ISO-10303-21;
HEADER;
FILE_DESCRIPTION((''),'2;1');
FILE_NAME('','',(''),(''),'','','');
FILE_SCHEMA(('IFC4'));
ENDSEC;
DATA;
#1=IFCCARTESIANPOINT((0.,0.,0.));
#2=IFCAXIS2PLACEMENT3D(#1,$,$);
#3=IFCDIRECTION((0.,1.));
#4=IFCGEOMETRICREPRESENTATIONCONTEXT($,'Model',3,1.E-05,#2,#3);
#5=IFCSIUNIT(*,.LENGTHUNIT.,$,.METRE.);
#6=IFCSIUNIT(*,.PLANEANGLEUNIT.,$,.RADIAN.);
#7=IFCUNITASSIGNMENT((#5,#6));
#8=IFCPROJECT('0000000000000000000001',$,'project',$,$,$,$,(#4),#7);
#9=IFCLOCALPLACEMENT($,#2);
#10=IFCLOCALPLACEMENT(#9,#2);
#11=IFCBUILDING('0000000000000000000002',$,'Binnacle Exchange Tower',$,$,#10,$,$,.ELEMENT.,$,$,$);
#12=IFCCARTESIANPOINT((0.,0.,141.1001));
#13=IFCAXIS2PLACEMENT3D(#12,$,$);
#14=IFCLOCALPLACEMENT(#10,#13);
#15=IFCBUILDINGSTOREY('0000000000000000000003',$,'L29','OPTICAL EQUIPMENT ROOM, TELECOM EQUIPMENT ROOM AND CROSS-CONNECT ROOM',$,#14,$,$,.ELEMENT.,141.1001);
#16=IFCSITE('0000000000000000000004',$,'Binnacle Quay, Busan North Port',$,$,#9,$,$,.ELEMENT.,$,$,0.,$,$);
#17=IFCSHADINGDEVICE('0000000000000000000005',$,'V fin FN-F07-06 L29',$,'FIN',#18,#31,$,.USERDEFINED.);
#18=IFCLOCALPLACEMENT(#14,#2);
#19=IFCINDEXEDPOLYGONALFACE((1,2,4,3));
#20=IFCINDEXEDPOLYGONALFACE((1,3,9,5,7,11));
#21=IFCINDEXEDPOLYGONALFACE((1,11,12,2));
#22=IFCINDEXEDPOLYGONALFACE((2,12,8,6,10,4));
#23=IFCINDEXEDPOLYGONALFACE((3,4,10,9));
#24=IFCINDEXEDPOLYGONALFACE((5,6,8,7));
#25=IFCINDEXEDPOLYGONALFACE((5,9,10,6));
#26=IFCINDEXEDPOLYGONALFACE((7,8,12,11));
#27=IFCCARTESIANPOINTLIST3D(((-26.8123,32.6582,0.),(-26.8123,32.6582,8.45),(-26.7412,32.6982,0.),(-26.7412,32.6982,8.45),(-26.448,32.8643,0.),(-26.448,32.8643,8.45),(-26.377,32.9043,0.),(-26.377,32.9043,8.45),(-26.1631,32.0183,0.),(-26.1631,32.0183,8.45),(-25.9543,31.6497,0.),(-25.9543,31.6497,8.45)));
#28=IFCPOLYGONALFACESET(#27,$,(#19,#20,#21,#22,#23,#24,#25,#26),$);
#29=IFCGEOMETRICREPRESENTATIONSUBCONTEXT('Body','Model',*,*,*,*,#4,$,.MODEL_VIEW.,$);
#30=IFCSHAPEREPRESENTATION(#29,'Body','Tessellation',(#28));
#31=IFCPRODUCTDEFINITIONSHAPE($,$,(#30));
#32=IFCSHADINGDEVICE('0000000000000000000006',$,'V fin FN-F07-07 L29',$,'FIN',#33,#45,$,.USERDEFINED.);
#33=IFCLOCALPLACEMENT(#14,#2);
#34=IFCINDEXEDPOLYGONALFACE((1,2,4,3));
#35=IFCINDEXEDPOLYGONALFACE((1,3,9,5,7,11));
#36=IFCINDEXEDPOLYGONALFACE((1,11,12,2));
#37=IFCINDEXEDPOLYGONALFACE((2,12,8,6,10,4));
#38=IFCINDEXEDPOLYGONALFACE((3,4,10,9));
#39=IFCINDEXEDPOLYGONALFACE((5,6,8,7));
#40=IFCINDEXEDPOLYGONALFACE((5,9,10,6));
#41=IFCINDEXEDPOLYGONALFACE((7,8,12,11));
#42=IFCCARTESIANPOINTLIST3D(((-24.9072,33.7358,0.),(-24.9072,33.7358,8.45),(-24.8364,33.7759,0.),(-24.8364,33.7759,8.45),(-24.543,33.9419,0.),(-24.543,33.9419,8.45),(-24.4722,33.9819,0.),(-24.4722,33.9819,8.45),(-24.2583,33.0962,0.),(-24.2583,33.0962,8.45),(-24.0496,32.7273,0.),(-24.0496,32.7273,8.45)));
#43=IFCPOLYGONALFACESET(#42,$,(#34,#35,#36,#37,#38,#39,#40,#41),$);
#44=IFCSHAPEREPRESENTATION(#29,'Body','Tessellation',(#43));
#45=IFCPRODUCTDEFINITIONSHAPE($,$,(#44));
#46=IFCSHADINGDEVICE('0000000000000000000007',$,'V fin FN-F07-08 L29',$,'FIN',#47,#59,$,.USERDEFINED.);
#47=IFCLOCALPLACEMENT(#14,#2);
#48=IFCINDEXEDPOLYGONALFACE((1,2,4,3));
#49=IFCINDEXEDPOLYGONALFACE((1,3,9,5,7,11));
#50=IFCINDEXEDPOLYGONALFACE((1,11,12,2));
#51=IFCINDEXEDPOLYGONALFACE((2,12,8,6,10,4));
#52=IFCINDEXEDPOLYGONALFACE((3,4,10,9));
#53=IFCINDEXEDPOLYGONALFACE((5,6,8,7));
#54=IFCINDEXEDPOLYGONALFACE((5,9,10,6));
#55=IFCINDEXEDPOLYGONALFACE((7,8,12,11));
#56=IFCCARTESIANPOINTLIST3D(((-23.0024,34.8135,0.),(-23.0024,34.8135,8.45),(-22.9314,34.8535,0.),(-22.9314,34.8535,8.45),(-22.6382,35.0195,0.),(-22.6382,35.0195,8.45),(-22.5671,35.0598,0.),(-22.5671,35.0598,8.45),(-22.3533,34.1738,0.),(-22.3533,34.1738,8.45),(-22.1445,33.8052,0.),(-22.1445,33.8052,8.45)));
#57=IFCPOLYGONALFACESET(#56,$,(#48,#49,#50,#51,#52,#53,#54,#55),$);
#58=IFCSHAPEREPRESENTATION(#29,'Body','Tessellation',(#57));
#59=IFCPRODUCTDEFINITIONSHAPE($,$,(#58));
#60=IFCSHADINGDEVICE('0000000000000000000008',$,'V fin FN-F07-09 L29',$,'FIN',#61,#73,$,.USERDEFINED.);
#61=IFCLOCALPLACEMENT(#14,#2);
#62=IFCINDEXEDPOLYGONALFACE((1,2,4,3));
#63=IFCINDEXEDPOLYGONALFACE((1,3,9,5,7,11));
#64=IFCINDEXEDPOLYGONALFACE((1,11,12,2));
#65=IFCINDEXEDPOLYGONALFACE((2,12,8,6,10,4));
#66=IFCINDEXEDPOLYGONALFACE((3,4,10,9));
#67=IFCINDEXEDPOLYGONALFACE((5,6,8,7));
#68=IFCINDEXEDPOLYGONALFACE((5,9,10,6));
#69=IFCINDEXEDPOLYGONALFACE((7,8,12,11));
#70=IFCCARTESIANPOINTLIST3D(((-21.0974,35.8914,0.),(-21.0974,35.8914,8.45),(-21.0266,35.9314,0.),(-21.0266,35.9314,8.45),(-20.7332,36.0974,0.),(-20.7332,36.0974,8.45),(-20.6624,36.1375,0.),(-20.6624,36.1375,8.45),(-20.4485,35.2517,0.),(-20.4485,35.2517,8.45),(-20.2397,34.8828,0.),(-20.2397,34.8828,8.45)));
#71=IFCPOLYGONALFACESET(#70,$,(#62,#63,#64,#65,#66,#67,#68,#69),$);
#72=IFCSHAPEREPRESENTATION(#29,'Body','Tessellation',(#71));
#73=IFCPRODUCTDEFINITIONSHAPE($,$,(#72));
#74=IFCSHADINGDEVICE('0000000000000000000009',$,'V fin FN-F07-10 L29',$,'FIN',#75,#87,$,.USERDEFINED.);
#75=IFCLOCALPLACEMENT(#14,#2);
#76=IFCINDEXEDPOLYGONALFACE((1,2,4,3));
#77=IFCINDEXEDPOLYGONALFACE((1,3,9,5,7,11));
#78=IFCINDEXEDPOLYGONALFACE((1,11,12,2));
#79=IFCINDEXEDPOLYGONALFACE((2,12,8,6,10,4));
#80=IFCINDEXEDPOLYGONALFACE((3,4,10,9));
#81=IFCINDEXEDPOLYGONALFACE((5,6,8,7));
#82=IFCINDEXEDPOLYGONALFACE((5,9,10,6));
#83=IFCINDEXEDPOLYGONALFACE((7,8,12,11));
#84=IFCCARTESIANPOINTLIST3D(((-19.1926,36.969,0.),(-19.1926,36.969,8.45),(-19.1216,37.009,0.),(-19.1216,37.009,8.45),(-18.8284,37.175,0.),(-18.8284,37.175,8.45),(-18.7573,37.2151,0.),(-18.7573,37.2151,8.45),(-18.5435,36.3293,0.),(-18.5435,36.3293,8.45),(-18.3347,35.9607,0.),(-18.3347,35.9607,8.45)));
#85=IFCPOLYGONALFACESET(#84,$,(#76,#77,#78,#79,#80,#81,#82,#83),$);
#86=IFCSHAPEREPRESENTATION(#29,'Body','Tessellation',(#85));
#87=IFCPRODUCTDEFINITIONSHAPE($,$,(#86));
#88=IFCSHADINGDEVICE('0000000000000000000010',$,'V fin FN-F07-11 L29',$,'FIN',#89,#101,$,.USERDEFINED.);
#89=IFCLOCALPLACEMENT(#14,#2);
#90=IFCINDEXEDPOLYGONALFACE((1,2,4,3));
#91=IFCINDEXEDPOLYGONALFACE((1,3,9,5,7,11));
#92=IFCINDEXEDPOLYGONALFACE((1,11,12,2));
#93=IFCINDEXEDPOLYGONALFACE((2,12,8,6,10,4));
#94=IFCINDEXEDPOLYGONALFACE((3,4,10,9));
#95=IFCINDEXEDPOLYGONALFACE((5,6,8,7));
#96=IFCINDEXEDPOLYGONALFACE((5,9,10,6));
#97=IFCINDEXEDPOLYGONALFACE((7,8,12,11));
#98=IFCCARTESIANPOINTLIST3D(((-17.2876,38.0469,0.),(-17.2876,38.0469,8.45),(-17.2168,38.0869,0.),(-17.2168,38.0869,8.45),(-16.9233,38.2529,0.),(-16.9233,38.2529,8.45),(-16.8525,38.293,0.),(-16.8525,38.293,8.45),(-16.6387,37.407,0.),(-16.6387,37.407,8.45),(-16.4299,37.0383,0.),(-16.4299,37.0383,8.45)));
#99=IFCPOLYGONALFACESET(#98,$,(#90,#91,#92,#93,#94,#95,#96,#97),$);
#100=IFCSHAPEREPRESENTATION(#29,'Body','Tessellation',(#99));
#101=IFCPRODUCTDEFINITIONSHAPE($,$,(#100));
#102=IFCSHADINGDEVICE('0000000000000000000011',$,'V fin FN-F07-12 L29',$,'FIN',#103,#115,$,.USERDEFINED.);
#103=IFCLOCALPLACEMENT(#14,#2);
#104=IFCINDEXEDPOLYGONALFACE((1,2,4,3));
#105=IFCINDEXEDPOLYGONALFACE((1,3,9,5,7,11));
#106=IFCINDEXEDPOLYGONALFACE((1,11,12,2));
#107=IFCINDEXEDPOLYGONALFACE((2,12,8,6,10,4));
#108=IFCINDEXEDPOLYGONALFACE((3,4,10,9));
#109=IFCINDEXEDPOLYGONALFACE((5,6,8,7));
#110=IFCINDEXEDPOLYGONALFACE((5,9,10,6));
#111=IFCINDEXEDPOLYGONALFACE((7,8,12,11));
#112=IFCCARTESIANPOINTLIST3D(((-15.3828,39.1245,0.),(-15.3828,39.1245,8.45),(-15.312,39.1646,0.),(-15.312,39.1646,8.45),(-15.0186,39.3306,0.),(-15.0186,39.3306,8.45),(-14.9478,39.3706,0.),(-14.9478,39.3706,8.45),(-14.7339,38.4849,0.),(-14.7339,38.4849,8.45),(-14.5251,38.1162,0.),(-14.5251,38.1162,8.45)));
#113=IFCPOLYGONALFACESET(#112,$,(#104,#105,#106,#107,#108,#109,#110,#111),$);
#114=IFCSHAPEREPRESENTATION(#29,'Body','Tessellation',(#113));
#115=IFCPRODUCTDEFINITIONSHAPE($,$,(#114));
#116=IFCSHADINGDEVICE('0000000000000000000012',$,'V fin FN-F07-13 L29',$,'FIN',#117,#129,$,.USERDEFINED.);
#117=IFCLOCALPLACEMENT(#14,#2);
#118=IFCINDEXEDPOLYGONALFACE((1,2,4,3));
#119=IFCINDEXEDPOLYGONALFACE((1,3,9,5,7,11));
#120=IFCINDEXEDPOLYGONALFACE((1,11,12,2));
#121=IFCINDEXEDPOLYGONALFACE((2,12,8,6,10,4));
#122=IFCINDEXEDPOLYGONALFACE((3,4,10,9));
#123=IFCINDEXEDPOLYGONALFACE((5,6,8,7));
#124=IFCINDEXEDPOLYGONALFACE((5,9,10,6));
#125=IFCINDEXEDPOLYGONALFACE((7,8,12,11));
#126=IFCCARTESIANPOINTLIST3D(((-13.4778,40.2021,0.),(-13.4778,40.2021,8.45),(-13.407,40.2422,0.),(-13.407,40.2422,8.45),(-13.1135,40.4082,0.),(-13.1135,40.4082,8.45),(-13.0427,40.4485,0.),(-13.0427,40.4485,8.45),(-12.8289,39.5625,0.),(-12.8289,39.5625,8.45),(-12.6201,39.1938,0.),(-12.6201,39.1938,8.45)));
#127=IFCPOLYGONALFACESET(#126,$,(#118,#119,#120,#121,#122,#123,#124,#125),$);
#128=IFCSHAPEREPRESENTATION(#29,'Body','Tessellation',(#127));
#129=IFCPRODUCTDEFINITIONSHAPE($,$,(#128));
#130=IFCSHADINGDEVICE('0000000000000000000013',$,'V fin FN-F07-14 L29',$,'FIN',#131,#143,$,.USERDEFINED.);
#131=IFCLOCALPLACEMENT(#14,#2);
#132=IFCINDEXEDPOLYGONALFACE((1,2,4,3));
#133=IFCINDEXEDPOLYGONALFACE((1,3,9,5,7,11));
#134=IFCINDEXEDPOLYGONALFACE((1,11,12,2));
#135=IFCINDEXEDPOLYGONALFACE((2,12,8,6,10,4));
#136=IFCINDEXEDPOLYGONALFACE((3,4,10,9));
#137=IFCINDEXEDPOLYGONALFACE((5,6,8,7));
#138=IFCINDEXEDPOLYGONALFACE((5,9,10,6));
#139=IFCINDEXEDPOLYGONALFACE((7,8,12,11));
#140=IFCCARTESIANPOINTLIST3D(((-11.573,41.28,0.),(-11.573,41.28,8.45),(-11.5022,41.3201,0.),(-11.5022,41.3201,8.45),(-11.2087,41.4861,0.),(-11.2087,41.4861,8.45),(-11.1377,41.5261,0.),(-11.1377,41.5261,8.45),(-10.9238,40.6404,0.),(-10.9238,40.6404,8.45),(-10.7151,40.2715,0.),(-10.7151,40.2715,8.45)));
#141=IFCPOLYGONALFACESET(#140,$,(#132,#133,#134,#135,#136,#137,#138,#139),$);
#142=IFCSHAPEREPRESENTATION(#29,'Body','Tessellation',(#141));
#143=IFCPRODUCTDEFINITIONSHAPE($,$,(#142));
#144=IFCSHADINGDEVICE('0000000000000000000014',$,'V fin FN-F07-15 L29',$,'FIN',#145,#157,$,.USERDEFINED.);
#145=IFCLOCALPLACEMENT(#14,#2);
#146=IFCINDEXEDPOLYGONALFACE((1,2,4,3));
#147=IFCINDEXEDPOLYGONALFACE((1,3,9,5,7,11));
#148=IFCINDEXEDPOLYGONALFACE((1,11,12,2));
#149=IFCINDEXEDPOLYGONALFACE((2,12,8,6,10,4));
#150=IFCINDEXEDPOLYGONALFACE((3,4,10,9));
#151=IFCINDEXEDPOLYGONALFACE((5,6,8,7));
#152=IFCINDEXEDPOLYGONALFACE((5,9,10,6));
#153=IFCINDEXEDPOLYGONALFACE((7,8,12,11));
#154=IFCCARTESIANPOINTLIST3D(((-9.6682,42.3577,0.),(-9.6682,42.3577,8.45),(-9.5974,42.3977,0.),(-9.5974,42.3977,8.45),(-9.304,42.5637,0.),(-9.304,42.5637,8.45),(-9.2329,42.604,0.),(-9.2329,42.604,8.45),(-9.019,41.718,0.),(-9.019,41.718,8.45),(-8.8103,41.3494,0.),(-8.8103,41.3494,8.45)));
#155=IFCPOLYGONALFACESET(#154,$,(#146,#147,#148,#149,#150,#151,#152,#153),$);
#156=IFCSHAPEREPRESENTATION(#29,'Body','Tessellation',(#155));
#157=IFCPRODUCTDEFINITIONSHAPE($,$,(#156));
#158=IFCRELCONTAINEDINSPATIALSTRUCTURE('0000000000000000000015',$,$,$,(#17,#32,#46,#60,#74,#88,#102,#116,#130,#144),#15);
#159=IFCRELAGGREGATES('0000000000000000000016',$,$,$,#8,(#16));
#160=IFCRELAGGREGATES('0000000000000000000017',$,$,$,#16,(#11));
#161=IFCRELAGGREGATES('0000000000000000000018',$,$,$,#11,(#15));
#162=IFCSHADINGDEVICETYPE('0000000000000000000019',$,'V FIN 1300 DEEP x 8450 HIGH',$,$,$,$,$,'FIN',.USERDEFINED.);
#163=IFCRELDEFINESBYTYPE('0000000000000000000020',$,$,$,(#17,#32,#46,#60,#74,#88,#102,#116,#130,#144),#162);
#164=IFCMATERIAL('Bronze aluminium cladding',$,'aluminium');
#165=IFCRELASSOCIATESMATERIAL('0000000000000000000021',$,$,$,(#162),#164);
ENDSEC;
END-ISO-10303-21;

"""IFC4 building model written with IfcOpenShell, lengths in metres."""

from ifc_helpers import new_model, si_unit, direction, frame, origin, place, context, subcontext, project, spatial, polyline, outline, extrude, material, type_object, element, save


model = new_model("IFC4")

# Units and contexts
model_context = context("Model", 3, precision=1e-05, world=origin(), true_north=direction((0.0, 1.0)))
body_context = subcontext(model_context, "Body", "Model", "MODEL_VIEW")
ifc_project = project(units=[si_unit("LENGTHUNIT", "METRE"), si_unit("PLANEANGLEUNIT", "RADIAN")], contexts=[model_context])

# Site, building, storey
site_placement = place(None, origin())
site = spatial("IfcSite", under=ifc_project, at=site_placement, Name="Binnacle Quay, Busan North Port", CompositionType="ELEMENT", RefElevation=0.0)
building_placement = place(site_placement, origin())
building = spatial("IfcBuilding", under=site, at=building_placement, Name="Binnacle Exchange Tower", CompositionType="ELEMENT")
storey_placement = place(building_placement, frame((0.0, 0.0, 141.1001)))
storey = spatial("IfcBuildingStorey", under=building, at=storey_placement, Name="L29", Description="OPTICAL EQUIPMENT ROOM, TELECOM EQUIPMENT ROOM AND CROSS-CONNECT ROOM", CompositionType="ELEMENT", Elevation=141.1001)

# Shading devices
ifc_material = material(Name="Bronze aluminium cladding", Category="aluminium")
shading_device_type = type_object("IfcShadingDeviceType", Name="V FIN 1300 DEEP x 8450 HIGH", ElementType="FIN", PredefinedType="USERDEFINED", material=ifc_material)
shading_device_1_placement = place(storey_placement, origin())
element("IfcShadingDevice", 1, at=shading_device_1_placement, inside=storey, type_object=shading_device_type, Name="V fin FN-F07-06 L29", ObjectType="FIN", PredefinedType="USERDEFINED", context=body_context, shape_type="SweptSolid", body=[
    extrude(outline(polyline([(-26.8123, 32.6582), (-25.9543, 31.6497), (-26.377, 32.9043), (-26.448, 32.8643), (-26.1631, 32.0183), (-26.7412, 32.6982), (-26.8123, 32.6582)])), origin(), (0.0, 0.0, 1.0), 8.45),
])
shading_device_2_placement = place(storey_placement, origin())
element("IfcShadingDevice", 2, at=shading_device_2_placement, inside=storey, type_object=shading_device_type, Name="V fin FN-F07-07 L29", ObjectType="FIN", PredefinedType="USERDEFINED", context=body_context, shape_type="SweptSolid", body=[
    extrude(outline(polyline([(-24.9072, 33.7358), (-24.0496, 32.7273), (-24.4722, 33.9819), (-24.543, 33.9419), (-24.2583, 33.0962), (-24.8364, 33.7759), (-24.9072, 33.7358)])), origin(), (0.0, 0.0, 1.0), 8.45),
])
shading_device_3_placement = place(storey_placement, origin())
element("IfcShadingDevice", 3, at=shading_device_3_placement, inside=storey, type_object=shading_device_type, Name="V fin FN-F07-08 L29", ObjectType="FIN", PredefinedType="USERDEFINED", context=body_context, shape_type="SweptSolid", body=[
    extrude(outline(polyline([(-23.0024, 34.8135), (-22.1445, 33.8052), (-22.5671, 35.0598), (-22.6382, 35.0195), (-22.3533, 34.1738), (-22.9314, 34.8535), (-23.0024, 34.8135)])), origin(), (0.0, 0.0, 1.0), 8.45),
])
shading_device_4_placement = place(storey_placement, origin())
element("IfcShadingDevice", 4, at=shading_device_4_placement, inside=storey, type_object=shading_device_type, Name="V fin FN-F07-09 L29", ObjectType="FIN", PredefinedType="USERDEFINED", context=body_context, shape_type="SweptSolid", body=[
    extrude(outline(polyline([(-21.0974, 35.8914), (-20.2397, 34.8828), (-20.6624, 36.1375), (-20.7332, 36.0974), (-20.4485, 35.2517), (-21.0266, 35.9314), (-21.0974, 35.8914)])), origin(), (0.0, 0.0, 1.0), 8.45),
])
shading_device_5_placement = place(storey_placement, origin())
element("IfcShadingDevice", 5, at=shading_device_5_placement, inside=storey, type_object=shading_device_type, Name="V fin FN-F07-10 L29", ObjectType="FIN", PredefinedType="USERDEFINED", context=body_context, shape_type="SweptSolid", body=[
    extrude(outline(polyline([(-19.1926, 36.969), (-18.3347, 35.9607), (-18.7573, 37.2151), (-18.8284, 37.175), (-18.5435, 36.3293), (-19.1216, 37.009), (-19.1926, 36.969)])), origin(), (0.0, 0.0, 1.0), 8.45),
])
shading_device_6_placement = place(storey_placement, origin())
element("IfcShadingDevice", 6, at=shading_device_6_placement, inside=storey, type_object=shading_device_type, Name="V fin FN-F07-11 L29", ObjectType="FIN", PredefinedType="USERDEFINED", context=body_context, shape_type="SweptSolid", body=[
    extrude(outline(polyline([(-17.2876, 38.0469), (-16.4299, 37.0383), (-16.8525, 38.293), (-16.9233, 38.2529), (-16.6387, 37.407), (-17.2168, 38.0869), (-17.2876, 38.0469)])), origin(), (0.0, 0.0, 1.0), 8.45),
])
shading_device_7_placement = place(storey_placement, origin())
element("IfcShadingDevice", 7, at=shading_device_7_placement, inside=storey, type_object=shading_device_type, Name="V fin FN-F07-12 L29", ObjectType="FIN", PredefinedType="USERDEFINED", context=body_context, shape_type="SweptSolid", body=[
    extrude(outline(polyline([(-15.3828, 39.1245), (-14.5251, 38.1162), (-14.9478, 39.3706), (-15.0186, 39.3306), (-14.7339, 38.4849), (-15.312, 39.1646), (-15.3828, 39.1245)])), origin(), (0.0, 0.0, 1.0), 8.45),
])
shading_device_8_placement = place(storey_placement, origin())
element("IfcShadingDevice", 8, at=shading_device_8_placement, inside=storey, type_object=shading_device_type, Name="V fin FN-F07-13 L29", ObjectType="FIN", PredefinedType="USERDEFINED", context=body_context, shape_type="SweptSolid", body=[
    extrude(outline(polyline([(-13.4778, 40.2021), (-12.6201, 39.1938), (-13.0427, 40.4485), (-13.1135, 40.4082), (-12.8289, 39.5625), (-13.407, 40.2422), (-13.4778, 40.2021)])), origin(), (0.0, 0.0, 1.0), 8.45),
])
shading_device_9_placement = place(storey_placement, origin())
element("IfcShadingDevice", 9, at=shading_device_9_placement, inside=storey, type_object=shading_device_type, Name="V fin FN-F07-14 L29", ObjectType="FIN", PredefinedType="USERDEFINED", context=body_context, shape_type="SweptSolid", body=[
    extrude(outline(polyline([(-11.573, 41.28), (-10.7151, 40.2715), (-11.1377, 41.5261), (-11.2087, 41.4861), (-10.9238, 40.6404), (-11.5022, 41.3201), (-11.573, 41.28)])), origin(), (0.0, 0.0, 1.0), 8.45),
])
shading_device_10_placement = place(storey_placement, origin())
element("IfcShadingDevice", 10, at=shading_device_10_placement, inside=storey, type_object=shading_device_type, Name="V fin FN-F07-15 L29", ObjectType="FIN", PredefinedType="USERDEFINED", context=body_context, shape_type="SweptSolid", body=[
    extrude(outline(polyline([(-9.6682, 42.3577), (-8.8103, 41.3494), (-9.2329, 42.604), (-9.304, 42.5637), (-9.019, 41.718), (-9.5974, 42.3977), (-9.6682, 42.3577)])), origin(), (0.0, 0.0, 1.0), 8.45),
])

save(model, "model.ifc")
